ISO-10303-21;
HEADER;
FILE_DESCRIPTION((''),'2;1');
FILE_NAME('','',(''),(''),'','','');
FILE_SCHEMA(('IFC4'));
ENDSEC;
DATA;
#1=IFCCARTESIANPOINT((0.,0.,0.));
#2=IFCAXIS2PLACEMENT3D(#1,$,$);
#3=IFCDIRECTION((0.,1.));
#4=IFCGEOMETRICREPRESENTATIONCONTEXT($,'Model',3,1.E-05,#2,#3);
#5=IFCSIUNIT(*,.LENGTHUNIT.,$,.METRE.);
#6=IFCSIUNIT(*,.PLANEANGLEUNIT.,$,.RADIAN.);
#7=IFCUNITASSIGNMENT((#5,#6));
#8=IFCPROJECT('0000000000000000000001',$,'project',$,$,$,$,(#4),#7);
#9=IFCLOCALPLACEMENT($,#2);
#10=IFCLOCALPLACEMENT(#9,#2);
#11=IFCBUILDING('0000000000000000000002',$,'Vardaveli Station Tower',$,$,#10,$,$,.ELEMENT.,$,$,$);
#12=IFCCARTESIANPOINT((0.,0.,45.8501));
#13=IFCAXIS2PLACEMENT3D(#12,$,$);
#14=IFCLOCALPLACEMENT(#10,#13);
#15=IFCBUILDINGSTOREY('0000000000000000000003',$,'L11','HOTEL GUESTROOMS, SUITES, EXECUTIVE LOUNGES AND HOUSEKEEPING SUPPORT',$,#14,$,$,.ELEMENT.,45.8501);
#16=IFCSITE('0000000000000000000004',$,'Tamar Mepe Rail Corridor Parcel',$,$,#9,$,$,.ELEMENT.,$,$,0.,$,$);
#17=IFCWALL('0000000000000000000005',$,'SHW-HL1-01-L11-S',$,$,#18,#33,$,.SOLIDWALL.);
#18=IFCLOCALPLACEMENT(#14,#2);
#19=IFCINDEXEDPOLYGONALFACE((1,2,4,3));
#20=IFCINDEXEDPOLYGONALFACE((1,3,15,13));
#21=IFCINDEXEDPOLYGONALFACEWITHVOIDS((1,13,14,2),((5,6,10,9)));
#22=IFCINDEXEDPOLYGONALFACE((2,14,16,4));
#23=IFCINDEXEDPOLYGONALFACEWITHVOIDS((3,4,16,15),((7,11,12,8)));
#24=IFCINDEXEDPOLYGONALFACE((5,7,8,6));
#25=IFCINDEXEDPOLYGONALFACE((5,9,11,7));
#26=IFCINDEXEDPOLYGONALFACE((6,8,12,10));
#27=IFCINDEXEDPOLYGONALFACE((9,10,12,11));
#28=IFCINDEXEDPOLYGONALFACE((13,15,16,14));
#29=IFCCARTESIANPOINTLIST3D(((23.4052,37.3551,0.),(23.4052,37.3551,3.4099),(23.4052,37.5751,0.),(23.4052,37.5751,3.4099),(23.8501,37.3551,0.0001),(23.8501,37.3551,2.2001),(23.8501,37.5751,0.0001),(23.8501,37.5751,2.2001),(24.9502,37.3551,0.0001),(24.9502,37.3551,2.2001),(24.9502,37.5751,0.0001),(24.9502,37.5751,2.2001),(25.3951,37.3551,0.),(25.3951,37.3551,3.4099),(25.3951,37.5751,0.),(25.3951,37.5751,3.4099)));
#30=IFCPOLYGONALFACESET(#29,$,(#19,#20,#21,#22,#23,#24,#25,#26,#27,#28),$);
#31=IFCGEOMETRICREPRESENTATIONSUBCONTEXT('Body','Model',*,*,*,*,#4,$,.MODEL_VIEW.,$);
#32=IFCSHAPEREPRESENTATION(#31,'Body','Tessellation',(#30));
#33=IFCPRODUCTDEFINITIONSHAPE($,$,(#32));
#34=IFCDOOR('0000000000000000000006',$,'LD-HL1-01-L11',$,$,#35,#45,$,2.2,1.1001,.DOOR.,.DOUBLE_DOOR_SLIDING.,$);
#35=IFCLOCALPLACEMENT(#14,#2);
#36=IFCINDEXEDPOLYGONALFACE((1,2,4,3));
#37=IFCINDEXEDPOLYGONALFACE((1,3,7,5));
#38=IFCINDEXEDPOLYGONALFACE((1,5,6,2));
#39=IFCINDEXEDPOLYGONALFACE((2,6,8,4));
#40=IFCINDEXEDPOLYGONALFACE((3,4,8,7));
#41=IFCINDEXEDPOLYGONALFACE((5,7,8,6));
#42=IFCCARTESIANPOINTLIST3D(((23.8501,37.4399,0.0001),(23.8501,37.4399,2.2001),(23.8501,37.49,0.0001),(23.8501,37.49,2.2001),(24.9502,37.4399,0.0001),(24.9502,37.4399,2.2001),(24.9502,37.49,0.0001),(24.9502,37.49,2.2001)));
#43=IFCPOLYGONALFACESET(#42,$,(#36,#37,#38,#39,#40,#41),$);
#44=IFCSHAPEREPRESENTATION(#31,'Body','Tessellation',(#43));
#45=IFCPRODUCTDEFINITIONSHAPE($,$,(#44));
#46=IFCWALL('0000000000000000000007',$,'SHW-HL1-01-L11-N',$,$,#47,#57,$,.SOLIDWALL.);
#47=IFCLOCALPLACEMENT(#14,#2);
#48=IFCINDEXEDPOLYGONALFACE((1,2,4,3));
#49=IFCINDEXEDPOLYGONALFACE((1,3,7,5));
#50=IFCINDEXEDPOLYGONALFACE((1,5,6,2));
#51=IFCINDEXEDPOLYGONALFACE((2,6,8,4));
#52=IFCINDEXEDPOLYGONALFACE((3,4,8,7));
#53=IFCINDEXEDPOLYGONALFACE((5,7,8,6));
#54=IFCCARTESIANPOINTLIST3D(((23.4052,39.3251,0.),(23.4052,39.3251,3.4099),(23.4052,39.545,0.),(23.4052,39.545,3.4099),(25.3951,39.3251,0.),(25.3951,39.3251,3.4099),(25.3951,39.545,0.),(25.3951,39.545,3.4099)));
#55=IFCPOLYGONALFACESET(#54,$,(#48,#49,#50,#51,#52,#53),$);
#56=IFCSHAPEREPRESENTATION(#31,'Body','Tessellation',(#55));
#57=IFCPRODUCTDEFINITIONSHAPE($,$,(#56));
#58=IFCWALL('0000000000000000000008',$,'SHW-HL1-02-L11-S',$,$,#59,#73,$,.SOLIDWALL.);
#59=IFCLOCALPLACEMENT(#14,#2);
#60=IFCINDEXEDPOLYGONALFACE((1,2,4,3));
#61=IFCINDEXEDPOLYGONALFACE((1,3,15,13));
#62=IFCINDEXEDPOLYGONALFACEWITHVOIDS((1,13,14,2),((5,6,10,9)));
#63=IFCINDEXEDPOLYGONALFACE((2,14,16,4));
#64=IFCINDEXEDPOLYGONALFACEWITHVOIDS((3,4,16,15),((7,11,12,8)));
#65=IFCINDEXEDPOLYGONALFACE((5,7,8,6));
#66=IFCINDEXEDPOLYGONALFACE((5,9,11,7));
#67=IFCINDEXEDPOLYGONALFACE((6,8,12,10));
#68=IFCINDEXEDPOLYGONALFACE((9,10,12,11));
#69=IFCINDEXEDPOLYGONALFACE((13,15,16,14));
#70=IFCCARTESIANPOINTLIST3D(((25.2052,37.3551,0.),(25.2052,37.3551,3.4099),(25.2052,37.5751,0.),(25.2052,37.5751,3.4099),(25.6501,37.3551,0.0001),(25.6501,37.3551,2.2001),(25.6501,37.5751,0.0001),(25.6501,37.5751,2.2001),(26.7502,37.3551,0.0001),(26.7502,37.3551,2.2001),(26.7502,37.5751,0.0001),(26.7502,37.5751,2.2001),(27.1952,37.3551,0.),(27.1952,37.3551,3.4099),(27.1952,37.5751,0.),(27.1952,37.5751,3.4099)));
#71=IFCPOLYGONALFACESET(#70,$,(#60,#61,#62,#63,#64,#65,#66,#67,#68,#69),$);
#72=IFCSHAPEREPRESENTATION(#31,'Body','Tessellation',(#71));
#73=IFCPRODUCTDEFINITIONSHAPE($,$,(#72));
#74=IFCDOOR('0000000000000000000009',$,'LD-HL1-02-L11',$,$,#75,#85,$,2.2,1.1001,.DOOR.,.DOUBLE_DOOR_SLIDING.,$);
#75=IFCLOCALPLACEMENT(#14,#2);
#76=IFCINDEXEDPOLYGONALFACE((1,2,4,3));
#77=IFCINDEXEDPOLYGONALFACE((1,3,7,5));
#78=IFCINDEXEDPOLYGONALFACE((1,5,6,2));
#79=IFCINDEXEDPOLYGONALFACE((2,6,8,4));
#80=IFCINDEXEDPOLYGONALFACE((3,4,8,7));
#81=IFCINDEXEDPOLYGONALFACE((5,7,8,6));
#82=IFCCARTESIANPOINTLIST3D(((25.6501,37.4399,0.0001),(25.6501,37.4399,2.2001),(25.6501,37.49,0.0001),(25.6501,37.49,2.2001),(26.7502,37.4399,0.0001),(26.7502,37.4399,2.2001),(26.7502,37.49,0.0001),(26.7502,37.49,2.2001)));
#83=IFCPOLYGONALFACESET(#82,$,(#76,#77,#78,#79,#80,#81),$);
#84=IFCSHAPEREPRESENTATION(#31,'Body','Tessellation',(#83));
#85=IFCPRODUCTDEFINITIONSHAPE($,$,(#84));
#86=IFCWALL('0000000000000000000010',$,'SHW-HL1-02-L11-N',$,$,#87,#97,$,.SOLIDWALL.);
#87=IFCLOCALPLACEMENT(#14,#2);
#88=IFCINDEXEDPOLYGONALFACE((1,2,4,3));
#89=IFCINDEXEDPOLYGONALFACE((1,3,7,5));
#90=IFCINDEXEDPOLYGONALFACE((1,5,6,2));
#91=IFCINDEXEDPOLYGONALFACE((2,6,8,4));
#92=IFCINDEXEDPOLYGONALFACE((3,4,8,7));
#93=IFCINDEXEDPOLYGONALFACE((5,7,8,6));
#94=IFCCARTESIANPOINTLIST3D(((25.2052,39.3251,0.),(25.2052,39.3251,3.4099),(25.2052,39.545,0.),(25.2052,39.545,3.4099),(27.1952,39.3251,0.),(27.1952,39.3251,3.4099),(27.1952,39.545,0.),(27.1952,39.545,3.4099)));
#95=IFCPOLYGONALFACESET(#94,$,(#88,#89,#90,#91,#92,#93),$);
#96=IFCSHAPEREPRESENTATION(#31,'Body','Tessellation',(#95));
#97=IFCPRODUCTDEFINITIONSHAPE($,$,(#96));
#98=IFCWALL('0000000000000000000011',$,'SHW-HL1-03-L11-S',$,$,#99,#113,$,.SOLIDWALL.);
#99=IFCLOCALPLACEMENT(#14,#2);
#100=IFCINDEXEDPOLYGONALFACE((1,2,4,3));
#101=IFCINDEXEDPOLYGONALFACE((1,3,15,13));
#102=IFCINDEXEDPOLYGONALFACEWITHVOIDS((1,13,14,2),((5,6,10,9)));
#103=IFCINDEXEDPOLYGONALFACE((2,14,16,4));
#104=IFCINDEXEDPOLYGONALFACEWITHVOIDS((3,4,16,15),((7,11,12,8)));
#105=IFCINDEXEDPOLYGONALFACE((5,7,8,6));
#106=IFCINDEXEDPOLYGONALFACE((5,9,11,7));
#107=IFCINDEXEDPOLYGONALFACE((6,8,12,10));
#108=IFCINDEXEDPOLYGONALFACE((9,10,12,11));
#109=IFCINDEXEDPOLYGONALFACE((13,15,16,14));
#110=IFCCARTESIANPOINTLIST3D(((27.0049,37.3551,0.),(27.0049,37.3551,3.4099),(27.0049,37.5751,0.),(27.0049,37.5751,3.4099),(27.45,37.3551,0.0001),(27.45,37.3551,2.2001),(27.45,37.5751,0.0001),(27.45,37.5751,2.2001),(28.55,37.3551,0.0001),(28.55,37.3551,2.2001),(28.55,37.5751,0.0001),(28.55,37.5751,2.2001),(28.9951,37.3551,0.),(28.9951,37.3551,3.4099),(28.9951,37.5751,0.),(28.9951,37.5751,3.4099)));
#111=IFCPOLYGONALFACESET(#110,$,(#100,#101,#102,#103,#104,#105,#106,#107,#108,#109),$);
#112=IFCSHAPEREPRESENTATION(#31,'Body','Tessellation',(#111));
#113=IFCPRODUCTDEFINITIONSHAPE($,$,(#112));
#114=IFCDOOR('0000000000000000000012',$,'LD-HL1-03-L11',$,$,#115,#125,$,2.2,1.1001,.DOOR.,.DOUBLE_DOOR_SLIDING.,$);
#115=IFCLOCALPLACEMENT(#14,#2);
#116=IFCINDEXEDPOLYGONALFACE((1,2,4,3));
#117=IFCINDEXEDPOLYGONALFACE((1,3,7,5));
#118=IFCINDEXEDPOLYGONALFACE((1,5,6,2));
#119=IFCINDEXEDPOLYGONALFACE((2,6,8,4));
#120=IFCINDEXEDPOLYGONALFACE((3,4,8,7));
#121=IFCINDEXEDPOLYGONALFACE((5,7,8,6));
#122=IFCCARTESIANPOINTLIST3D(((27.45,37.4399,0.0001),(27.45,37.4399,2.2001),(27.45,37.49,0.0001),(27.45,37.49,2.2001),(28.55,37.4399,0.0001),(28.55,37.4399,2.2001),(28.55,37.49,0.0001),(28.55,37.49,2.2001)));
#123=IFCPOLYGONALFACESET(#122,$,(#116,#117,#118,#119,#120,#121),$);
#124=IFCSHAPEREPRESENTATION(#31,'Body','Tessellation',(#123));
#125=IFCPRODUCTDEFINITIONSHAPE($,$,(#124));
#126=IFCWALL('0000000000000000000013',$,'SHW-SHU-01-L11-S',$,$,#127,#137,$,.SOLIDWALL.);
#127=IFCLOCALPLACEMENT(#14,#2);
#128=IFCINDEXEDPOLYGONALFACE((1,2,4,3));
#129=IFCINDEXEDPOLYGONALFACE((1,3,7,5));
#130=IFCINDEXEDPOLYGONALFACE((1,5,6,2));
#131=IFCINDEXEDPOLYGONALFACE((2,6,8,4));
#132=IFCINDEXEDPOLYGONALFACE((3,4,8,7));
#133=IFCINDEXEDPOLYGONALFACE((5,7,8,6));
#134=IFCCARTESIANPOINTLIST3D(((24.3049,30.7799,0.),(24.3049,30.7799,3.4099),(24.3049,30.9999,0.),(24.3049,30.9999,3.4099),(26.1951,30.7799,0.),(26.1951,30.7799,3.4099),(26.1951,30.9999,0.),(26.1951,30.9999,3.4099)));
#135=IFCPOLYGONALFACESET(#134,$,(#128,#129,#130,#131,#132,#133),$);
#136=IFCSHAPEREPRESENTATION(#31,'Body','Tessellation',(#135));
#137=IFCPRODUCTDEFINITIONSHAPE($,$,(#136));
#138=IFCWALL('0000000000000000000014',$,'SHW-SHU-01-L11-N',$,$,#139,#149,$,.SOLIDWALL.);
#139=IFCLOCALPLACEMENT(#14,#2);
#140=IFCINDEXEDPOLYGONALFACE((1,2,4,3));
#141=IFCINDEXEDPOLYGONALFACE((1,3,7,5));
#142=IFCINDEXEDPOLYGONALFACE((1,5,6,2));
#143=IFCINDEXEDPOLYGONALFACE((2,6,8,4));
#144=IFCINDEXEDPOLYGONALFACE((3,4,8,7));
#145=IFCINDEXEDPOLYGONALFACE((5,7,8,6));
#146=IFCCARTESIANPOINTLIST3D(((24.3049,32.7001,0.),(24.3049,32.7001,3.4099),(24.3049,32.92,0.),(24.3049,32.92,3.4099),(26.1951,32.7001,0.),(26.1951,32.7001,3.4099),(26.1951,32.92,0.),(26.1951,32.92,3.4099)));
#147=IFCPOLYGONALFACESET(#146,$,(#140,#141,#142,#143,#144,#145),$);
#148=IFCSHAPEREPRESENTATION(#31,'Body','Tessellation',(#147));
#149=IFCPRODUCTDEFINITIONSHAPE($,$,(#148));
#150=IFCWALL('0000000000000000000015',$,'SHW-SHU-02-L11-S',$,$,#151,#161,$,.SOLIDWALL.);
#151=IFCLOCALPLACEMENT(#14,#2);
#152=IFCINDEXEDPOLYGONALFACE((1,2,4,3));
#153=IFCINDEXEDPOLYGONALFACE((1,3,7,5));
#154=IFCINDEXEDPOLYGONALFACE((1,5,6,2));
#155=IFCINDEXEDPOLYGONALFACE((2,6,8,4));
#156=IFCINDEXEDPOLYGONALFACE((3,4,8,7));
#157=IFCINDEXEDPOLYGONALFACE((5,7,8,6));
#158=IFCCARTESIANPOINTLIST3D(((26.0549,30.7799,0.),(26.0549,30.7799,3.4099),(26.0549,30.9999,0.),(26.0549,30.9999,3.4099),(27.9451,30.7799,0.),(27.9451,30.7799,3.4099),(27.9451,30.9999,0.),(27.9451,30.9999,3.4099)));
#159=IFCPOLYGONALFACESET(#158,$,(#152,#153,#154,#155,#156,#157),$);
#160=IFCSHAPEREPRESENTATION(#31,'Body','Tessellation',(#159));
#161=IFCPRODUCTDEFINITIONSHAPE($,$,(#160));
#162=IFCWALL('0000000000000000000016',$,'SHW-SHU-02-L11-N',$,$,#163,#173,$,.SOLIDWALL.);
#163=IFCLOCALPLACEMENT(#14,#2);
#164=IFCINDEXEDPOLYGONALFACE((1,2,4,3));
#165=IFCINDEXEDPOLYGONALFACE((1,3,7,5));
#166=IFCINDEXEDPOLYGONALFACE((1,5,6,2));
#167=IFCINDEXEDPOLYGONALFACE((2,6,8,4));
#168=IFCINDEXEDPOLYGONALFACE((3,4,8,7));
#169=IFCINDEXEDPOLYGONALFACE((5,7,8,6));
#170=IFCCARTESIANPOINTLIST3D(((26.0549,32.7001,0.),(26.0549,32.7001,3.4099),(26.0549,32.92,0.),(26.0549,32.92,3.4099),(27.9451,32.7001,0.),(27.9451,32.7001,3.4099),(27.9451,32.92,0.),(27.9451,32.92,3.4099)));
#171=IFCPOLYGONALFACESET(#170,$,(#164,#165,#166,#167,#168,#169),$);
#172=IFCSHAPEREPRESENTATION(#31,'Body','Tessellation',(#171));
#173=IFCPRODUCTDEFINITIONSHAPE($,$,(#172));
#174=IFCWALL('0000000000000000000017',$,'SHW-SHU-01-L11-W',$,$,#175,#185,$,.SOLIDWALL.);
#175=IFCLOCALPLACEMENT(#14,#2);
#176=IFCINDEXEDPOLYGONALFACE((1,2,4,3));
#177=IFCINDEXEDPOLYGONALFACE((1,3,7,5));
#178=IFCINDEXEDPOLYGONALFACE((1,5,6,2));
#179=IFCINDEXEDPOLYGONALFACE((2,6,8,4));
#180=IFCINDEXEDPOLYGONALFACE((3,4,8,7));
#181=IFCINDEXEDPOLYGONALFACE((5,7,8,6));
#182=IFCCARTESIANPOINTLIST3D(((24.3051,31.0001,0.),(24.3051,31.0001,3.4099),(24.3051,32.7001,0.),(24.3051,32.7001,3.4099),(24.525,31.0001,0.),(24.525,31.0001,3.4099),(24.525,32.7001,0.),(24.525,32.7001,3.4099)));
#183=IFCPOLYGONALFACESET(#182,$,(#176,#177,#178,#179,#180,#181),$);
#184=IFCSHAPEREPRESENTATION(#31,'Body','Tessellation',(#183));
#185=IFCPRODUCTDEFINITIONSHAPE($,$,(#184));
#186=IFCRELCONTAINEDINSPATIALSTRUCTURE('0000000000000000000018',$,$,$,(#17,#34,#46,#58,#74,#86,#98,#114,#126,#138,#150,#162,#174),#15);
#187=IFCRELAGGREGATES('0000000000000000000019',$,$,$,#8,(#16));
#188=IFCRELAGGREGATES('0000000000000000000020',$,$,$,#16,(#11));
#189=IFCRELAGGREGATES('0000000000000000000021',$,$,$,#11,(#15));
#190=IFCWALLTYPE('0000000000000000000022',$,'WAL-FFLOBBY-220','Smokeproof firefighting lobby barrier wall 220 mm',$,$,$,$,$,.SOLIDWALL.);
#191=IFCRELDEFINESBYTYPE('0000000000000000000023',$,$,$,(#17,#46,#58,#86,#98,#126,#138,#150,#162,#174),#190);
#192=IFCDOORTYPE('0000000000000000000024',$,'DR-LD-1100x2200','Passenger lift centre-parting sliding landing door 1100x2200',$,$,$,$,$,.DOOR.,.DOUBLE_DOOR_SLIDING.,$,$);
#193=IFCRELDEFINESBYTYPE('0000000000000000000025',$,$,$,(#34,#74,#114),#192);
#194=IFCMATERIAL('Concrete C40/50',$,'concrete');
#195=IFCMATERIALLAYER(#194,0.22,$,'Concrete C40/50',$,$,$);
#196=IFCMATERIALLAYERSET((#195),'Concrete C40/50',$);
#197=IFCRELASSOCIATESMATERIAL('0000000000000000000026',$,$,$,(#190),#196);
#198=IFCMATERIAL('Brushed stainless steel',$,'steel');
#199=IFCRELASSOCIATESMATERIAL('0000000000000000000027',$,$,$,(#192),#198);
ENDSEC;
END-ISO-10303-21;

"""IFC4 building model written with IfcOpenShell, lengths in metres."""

from ifc_helpers import new_model, si_unit, direction, frame, frame_2d, origin, place, context, subcontext, project, spatial, rectangle, extrude, source, transform, mapped, material, layer, layer_set, type_object, element, fill, save


model = new_model("IFC4")

# Units and contexts
model_context = context("Model", 3, precision=1e-05, world=origin(), true_north=direction((0.0, 1.0)))
body_context = subcontext(model_context, "Body", "Model", "MODEL_VIEW")
ifc_project = project(units=[si_unit("LENGTHUNIT", "METRE"), si_unit("PLANEANGLEUNIT", "RADIAN")], contexts=[model_context])

# Site, building, storey
site_placement = place(None, origin())
site = spatial("IfcSite", under=ifc_project, at=site_placement, Name="Tamar Mepe Rail Corridor Parcel", CompositionType="ELEMENT", RefElevation=0.0)
building_placement = place(site_placement, origin())
building = spatial("IfcBuilding", under=site, at=building_placement, Name="Vardaveli Station Tower", CompositionType="ELEMENT")
storey_placement = place(building_placement, frame((0.0, 0.0, 45.8501)))
storey = spatial("IfcBuildingStorey", under=building, at=storey_placement, Name="L11", Description="HOTEL GUESTROOMS, SUITES, EXECUTIVE LOUNGES AND HOUSEKEEPING SUPPORT", CompositionType="ELEMENT", Elevation=45.8501)

# Shared definitions
ifc_material_1 = material(Name="Concrete C40/50", Category="concrete")
ifc_layer_1 = layer(ifc_material_1, 0.22, Name="Concrete C40/50")
ifc_layer_set_1 = layer_set([ifc_layer_1], Name="Concrete C40/50")
wall_type_1 = type_object("IfcWallType", Name="WAL-FFLOBBY-220", Description="Smokeproof firefighting lobby barrier wall 220 mm", PredefinedType="SOLIDWALL", material=ifc_layer_set_1)

# Wall, opening, door
shared_shape_1 = source(origin(), body_context, "Body", "SweptSolid", [
    extrude(rectangle(XDim=1.99, YDim=0.22, at=frame_2d((0.9951, 0.0))), origin(), (0.0, 0.0, 1.0), 3.4099),
])
wall_1_placement = place(storey_placement, frame((23.405, 37.4651, 0.0), z_axis=(0.0, 0.0, 1.0), x_axis=(1.0, 0.0, 0.0)))
wall_1 = element("IfcWall", 1, at=wall_1_placement, inside=storey, type_object=wall_type_1, Name="SHW-HL1-01-L11-S", PredefinedType="SOLIDWALL", context=body_context, shape_type="MappedRepresentation", body=[
    mapped(shared_shape_1, transform((0.0, 0.0, 0.0), scale=1.0)),
])
shared_shape_2 = source(origin(), body_context, "Body", "SweptSolid", [
    extrude(rectangle(XDim=1.1001, YDim=2.2, at=frame_2d((0.55, 1.1001))), frame((0.0, 0.1201, 0.0), z_axis=(0.0, -1.0, 0.0), x_axis=(1.0, 0.0, 0.0)), (0.0, 0.0, 1.0), 0.24),
])
opening_1_placement = place(wall_1_placement, frame((0.4451, 0.0, 0.0)))
opening_1 = element("IfcOpeningElement", 2, at=opening_1_placement, cuts=wall_1, PredefinedType="OPENING", context=body_context, shape_type="MappedRepresentation", body=[
    mapped(shared_shape_2, transform((0.0, 0.0, 0.0), scale=1.0)),
])
ifc_material_2 = material(Name="Brushed stainless steel", Category="steel")
door_type = type_object("IfcDoorType", Name="DR-LD-1100x2200", Description="Passenger lift centre-parting sliding landing door 1100x2200", OperationType="DOUBLE_DOOR_SLIDING", PredefinedType="DOOR", material=ifc_material_2)
shared_shape_3 = source(origin(), body_context, "Body", "SweptSolid", [
    extrude(rectangle(XDim=1.1001, YDim=2.2, at=frame_2d((0.55, 1.1001))), frame((0.0, 0.0249, 0.0), z_axis=(0.0, -1.0, 0.0), x_axis=(1.0, 0.0, 0.0)), (0.0, 0.0, 1.0), 0.05),
])
door_1_placement = place(opening_1_placement, origin())
door_1 = element("IfcDoor", 3, at=door_1_placement, inside=storey, type_object=door_type, Name="LD-HL1-01-L11", OperationType="DOUBLE_DOOR_SLIDING", OverallHeight=2.2, OverallWidth=1.1001, PredefinedType="DOOR", context=body_context, shape_type="MappedRepresentation", body=[
    mapped(shared_shape_3, transform((0.0, 0.0, 0.0), scale=1.0)),
])
fill(opening_1, door_1)

# Wall
wall_2_placement = place(storey_placement, frame((23.405, 39.4351, 0.0), z_axis=(0.0, 0.0, 1.0), x_axis=(1.0, 0.0, 0.0)))
element("IfcWall", 4, at=wall_2_placement, inside=storey, type_object=wall_type_1, Name="SHW-HL1-01-L11-N", PredefinedType="SOLIDWALL", context=body_context, shape_type="MappedRepresentation", body=[
    mapped(shared_shape_1, transform((0.0, 0.0, 0.0), scale=1.0)),
])

# Wall, opening, door
wall_3_placement = place(storey_placement, frame((25.2051, 37.4651, 0.0), z_axis=(0.0, 0.0, 1.0), x_axis=(1.0, 0.0, 0.0)))
wall_3 = element("IfcWall", 5, at=wall_3_placement, inside=storey, type_object=wall_type_1, Name="SHW-HL1-02-L11-S", PredefinedType="SOLIDWALL", context=body_context, shape_type="MappedRepresentation", body=[
    mapped(shared_shape_1, transform((0.0, 0.0, 0.0), scale=1.0)),
])
opening_2_placement = place(wall_3_placement, frame((0.4451, 0.0, 0.0)))
opening_2 = element("IfcOpeningElement", 6, at=opening_2_placement, cuts=wall_3, PredefinedType="OPENING", context=body_context, shape_type="MappedRepresentation", body=[
    mapped(shared_shape_2, transform((0.0, 0.0, 0.0), scale=1.0)),
])
door_2_placement = place(opening_2_placement, origin())
door_2 = element("IfcDoor", 7, at=door_2_placement, inside=storey, type_object=door_type, Name="LD-HL1-02-L11", OperationType="DOUBLE_DOOR_SLIDING", OverallHeight=2.2, OverallWidth=1.1001, PredefinedType="DOOR", context=body_context, shape_type="MappedRepresentation", body=[
    mapped(shared_shape_3, transform((0.0, 0.0, 0.0), scale=1.0)),
])
fill(opening_2, door_2)

# Wall
wall_4_placement = place(storey_placement, frame((25.2051, 39.4351, 0.0), z_axis=(0.0, 0.0, 1.0), x_axis=(1.0, 0.0, 0.0)))
element("IfcWall", 8, at=wall_4_placement, inside=storey, type_object=wall_type_1, Name="SHW-HL1-02-L11-N", PredefinedType="SOLIDWALL", context=body_context, shape_type="MappedRepresentation", body=[
    mapped(shared_shape_1, transform((0.0, 0.0, 0.0), scale=1.0)),
])

# Wall, opening, door
shared_shape_4 = source(origin(), body_context, "Body", "SweptSolid", [
    extrude(rectangle(XDim=1.9902, YDim=0.22, at=frame_2d((0.9951, 0.0))), origin(), (0.0, 0.0, 1.0), 3.4099),
])
wall_5_placement = place(storey_placement, frame((27.0049, 37.4651, 0.0), z_axis=(0.0, 0.0, 1.0), x_axis=(1.0, 0.0, 0.0)))
wall_5 = element("IfcWall", 9, at=wall_5_placement, inside=storey, type_object=wall_type_1, Name="SHW-HL1-03-L11-S", PredefinedType="SOLIDWALL", context=body_context, shape_type="MappedRepresentation", body=[
    mapped(shared_shape_4, transform((0.0, 0.0, 0.0), scale=1.0)),
])
opening_3_placement = place(wall_5_placement, frame((0.4451, 0.0, 0.0)))
opening_3 = element("IfcOpeningElement", 10, at=opening_3_placement, cuts=wall_5, PredefinedType="OPENING", context=body_context, shape_type="MappedRepresentation", body=[
    mapped(shared_shape_2, transform((0.0, 0.0, 0.0), scale=1.0)),
])
door_3_placement = place(opening_3_placement, origin())
door_3 = element("IfcDoor", 11, at=door_3_placement, inside=storey, type_object=door_type, Name="LD-HL1-03-L11", OperationType="DOUBLE_DOOR_SLIDING", OverallHeight=2.2, OverallWidth=1.1001, PredefinedType="DOOR", context=body_context, shape_type="MappedRepresentation", body=[
    mapped(shared_shape_3, transform((0.0, 0.0, 0.0), scale=1.0)),
])
fill(opening_3, door_3)

# Walls
shared_shape_5 = source(origin(), body_context, "Body", "SweptSolid", [
    extrude(rectangle(XDim=1.8901, YDim=0.22, at=frame_2d((0.9451, 0.0))), origin(), (0.0, 0.0, 1.0), 3.4099),
])
for number, where, z_axis, x_axis, name in (
    (12, (24.3049, 30.8899, 0.0), (0.0, 0.0, 1.0), (1.0, 0.0, 0.0), "SHW-SHU-01-L11-S"),
    (13, (24.3049, 32.8101, 0.0), (0.0, 0.0, 1.0), (1.0, 0.0, 0.0), "SHW-SHU-01-L11-N"),
    (14, (26.0549, 30.8899, 0.0), (0.0, 0.0, 1.0), (1.0, 0.0, 0.0), "SHW-SHU-02-L11-S"),
    (15, (26.0549, 32.8101, 0.0), (0.0, 0.0, 1.0), (1.0, 0.0, 0.0), "SHW-SHU-02-L11-N"),
):
    element("IfcWall", number, at=place(storey_placement, frame(where, z_axis=z_axis, x_axis=x_axis)), inside=storey, type_object=wall_type_1, Name=name, PredefinedType="SOLIDWALL", context=body_context, shape_type="MappedRepresentation", body=[
        mapped(shared_shape_5, transform((0.0, 0.0, 0.0), scale=1.0)),
    ])
shared_shape_6 = source(origin(), body_context, "Body", "SweptSolid", [
    extrude(rectangle(XDim=1.7, YDim=0.22, at=frame_2d((0.8501, 0.0))), origin(), (0.0, 0.0, 1.0), 3.4099),
])
for number, where, z_axis, x_axis, name in (
    (16, (24.415, 31.0, 0.0), (0.0, 0.0, 1.0), (0.0, 1.0, 0.0), "SHW-SHU-01-L11-W"),
):
    element("IfcWall", number, at=place(storey_placement, frame(where, z_axis=z_axis, x_axis=x_axis)), inside=storey, type_object=wall_type_1, Name=name, PredefinedType="SOLIDWALL", context=body_context, shape_type="MappedRepresentation", body=[
        mapped(shared_shape_6, transform((0.0, 0.0, 0.0), scale=1.0)),
    ])

save(model, "model.ifc")
